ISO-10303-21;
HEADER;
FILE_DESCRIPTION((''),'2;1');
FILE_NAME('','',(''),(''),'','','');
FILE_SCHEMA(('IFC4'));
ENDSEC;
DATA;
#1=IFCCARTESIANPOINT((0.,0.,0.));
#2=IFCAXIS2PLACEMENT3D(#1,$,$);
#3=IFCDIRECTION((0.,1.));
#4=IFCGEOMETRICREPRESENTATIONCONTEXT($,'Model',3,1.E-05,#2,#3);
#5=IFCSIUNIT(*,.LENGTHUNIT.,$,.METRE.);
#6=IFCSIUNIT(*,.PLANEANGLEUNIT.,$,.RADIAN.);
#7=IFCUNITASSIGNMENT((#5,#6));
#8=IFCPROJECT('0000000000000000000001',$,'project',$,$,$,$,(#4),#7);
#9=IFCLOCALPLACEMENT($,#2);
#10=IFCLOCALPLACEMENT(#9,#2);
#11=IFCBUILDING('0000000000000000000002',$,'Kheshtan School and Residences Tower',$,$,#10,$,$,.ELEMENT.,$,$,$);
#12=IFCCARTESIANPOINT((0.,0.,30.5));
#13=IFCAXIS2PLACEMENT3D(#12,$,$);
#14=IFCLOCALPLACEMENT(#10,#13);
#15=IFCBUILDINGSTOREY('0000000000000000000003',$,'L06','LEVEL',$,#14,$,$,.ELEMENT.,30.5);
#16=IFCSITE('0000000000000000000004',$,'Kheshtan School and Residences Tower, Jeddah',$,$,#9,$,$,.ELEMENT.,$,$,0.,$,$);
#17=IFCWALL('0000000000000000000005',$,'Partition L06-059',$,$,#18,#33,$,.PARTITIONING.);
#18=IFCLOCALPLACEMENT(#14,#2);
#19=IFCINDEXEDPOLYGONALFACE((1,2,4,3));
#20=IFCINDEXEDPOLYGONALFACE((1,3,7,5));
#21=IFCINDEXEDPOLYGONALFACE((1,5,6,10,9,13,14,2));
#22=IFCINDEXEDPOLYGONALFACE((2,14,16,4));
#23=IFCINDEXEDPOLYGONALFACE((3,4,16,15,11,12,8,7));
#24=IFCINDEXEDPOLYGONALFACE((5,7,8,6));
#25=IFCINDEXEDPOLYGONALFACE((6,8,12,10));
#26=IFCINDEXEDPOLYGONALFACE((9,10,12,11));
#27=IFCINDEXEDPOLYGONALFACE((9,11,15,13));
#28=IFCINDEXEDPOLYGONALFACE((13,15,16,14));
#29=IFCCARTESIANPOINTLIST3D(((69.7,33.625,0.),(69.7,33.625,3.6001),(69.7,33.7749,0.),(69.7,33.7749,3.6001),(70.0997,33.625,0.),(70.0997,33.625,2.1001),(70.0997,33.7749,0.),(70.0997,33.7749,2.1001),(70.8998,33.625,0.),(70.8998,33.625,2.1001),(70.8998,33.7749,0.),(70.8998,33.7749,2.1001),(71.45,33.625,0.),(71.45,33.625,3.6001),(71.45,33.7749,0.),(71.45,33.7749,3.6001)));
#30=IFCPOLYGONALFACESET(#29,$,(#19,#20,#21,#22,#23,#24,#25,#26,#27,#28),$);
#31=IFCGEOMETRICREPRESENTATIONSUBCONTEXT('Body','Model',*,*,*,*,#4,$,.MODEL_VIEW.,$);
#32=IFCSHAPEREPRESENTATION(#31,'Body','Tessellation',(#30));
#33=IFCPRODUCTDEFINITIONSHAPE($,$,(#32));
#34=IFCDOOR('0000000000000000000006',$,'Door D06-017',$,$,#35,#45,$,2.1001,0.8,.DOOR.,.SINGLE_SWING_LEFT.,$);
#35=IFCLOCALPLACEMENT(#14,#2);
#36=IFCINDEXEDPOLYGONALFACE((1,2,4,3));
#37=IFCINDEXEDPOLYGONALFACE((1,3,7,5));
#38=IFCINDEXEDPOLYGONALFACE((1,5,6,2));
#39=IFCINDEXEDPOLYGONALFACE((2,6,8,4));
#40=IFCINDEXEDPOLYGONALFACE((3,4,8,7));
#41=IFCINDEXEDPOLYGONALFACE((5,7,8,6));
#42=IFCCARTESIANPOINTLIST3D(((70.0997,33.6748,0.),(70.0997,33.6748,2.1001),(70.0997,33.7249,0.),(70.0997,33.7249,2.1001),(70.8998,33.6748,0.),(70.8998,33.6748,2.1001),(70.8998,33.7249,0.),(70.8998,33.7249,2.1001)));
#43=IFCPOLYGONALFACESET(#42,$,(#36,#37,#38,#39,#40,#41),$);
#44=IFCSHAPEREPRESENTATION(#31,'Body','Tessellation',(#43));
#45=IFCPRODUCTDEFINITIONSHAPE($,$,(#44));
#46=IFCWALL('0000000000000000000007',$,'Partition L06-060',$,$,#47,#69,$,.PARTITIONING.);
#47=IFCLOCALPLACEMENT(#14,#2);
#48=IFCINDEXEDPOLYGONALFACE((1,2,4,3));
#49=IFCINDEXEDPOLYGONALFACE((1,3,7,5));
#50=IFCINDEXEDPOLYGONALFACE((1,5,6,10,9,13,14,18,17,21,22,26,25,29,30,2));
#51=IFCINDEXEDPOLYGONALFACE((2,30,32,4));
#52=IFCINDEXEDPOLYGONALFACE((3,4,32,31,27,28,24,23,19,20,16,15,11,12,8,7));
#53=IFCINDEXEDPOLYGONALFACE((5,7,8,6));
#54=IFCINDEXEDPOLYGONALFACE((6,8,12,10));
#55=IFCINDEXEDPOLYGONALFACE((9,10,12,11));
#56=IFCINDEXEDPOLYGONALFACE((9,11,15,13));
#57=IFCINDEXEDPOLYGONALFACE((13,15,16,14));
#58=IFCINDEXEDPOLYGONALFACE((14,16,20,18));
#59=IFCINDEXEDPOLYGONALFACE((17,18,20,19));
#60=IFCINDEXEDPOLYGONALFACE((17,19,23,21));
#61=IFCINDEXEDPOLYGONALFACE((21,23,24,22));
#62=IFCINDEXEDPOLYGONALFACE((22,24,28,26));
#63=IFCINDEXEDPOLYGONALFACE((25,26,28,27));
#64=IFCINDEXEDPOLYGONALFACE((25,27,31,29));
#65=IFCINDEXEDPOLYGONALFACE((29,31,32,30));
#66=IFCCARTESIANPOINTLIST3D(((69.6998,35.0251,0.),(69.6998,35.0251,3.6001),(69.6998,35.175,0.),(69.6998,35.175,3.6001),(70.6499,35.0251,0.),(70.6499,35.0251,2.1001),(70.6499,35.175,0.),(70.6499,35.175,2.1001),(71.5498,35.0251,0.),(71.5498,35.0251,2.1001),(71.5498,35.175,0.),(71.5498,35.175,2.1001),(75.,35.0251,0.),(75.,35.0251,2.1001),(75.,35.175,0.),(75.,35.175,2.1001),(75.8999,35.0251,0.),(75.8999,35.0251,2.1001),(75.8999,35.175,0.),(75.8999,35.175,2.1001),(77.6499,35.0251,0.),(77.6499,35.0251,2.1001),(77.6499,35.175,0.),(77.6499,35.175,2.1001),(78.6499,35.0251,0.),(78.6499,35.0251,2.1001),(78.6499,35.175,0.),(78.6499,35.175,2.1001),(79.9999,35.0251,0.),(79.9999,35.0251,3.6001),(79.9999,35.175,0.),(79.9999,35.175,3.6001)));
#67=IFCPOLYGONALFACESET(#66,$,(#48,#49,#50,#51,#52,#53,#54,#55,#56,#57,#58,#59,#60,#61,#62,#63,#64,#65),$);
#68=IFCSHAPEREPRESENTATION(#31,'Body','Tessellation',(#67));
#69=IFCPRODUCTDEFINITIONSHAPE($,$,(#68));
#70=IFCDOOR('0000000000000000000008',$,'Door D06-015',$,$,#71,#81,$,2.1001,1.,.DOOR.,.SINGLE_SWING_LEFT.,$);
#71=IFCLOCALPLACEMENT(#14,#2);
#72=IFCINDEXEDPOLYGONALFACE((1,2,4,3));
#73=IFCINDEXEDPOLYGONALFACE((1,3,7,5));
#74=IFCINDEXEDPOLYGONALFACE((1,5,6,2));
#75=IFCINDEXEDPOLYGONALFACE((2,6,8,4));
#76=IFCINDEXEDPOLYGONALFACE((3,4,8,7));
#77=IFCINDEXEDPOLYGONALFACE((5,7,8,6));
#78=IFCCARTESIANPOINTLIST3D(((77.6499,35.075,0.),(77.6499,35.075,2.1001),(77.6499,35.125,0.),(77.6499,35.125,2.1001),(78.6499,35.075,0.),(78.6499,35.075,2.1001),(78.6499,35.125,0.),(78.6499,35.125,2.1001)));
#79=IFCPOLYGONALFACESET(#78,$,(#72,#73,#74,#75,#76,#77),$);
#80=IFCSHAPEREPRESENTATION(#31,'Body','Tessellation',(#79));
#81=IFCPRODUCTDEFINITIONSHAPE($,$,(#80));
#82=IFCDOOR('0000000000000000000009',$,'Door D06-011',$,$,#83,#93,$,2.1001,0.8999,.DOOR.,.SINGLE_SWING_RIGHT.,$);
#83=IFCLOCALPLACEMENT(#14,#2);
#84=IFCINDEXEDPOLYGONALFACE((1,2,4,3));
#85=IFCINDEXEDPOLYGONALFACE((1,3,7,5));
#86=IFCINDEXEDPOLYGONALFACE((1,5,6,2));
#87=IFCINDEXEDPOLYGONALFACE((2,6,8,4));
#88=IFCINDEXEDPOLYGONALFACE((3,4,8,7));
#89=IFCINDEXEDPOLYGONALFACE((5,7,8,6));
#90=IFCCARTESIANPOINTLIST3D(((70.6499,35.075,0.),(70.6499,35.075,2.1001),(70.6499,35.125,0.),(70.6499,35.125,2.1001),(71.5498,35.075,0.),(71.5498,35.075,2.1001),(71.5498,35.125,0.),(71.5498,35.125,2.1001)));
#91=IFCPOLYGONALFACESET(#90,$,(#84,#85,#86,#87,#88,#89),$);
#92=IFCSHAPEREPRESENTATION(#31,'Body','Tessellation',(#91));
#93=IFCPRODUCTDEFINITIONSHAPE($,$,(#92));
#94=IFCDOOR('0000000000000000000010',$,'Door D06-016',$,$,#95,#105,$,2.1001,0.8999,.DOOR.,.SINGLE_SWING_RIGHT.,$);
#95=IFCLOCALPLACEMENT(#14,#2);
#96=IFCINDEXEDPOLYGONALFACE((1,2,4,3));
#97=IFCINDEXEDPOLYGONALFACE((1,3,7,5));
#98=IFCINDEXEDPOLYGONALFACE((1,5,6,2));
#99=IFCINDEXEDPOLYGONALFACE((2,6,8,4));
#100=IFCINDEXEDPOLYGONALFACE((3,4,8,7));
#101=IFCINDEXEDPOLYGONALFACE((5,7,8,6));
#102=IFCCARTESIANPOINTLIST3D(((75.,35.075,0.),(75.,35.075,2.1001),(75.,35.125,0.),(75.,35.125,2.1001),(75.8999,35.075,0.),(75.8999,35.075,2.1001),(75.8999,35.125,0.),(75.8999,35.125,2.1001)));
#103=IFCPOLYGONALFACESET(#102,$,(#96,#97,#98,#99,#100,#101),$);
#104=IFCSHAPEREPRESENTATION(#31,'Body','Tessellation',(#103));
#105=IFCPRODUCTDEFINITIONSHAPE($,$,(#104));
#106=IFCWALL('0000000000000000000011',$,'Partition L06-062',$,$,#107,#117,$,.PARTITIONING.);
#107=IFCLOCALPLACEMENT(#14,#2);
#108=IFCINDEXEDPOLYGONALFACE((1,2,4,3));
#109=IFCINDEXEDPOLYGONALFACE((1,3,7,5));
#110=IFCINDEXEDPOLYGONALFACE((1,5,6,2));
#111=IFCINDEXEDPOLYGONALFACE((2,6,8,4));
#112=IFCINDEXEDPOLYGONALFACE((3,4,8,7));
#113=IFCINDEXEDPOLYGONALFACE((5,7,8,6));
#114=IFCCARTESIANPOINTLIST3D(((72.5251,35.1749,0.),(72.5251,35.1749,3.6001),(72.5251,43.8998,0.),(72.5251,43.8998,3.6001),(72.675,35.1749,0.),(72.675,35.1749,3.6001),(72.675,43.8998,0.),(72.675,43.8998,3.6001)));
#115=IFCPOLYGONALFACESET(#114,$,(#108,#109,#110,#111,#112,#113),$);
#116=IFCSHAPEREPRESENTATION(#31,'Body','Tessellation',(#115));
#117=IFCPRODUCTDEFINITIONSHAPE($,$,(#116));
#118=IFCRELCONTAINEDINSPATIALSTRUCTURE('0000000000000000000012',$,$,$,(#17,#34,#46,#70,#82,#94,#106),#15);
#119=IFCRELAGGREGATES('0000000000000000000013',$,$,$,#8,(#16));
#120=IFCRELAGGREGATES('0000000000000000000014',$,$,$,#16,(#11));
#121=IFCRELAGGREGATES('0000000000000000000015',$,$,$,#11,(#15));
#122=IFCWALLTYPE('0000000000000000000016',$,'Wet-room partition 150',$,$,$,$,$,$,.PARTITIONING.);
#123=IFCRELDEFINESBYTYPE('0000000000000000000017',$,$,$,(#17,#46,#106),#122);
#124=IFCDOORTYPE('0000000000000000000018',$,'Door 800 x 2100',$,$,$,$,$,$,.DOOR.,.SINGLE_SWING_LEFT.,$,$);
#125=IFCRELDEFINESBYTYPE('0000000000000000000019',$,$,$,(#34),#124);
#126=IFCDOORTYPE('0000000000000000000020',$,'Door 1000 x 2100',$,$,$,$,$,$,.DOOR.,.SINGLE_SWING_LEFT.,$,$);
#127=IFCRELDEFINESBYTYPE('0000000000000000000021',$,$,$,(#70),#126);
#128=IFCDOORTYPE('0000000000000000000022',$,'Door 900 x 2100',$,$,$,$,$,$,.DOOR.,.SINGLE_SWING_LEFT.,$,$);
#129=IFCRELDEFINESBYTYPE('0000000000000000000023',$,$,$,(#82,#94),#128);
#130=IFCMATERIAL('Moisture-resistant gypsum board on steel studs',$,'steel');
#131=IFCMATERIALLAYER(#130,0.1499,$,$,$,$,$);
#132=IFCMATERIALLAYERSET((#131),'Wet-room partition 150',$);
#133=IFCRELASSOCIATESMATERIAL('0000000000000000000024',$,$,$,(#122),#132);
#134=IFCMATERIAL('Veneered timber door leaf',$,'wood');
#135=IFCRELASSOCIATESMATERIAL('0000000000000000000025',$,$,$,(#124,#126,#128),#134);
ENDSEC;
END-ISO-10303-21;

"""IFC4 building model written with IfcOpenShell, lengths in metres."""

from ifc_helpers import new_model, si_unit, direction, frame, frame_2d, origin, place, context, subcontext, project, spatial, rectangle, extrude, source, transform, mapped, material, layer, layer_set, type_object, element, fill, save


model = new_model("IFC4")

# Units and contexts
model_context = context("Model", 3, precision=1e-05, world=origin(), true_north=direction((0.0, 1.0)))
body_context = subcontext(model_context, "Body", "Model", "MODEL_VIEW")
ifc_project = project(units=[si_unit("LENGTHUNIT", "METRE"), si_unit("PLANEANGLEUNIT", "RADIAN")], contexts=[model_context])

# Site, building, storey
site_placement = place(None, origin())
site = spatial("IfcSite", under=ifc_project, at=site_placement, Name="Kheshtan School and Residences Tower, Jeddah", CompositionType="ELEMENT", RefElevation=0.0)
building_placement = place(site_placement, origin())
building = spatial("IfcBuilding", under=site, at=building_placement, Name="Kheshtan School and Residences Tower", CompositionType="ELEMENT")
storey_placement = place(building_placement, frame((0.0, 0.0, 30.5)))
storey = spatial("IfcBuildingStorey", under=building, at=storey_placement, Name="L06", Description="LEVEL", CompositionType="ELEMENT", Elevation=30.5)

# Wall, opening, door
ifc_material_1 = material(Name="Moisture-resistant gypsum board on steel studs", Category="steel")
ifc_layer_1 = layer(ifc_material_1, 0.1499)
ifc_layer_set_1 = layer_set([ifc_layer_1], Name="Wet-room partition 150")
wall_type_1 = type_object("IfcWallType", Name="Wet-room partition 150", PredefinedType="PARTITIONING", material=ifc_layer_set_1)
ifc_material_2 = material(Name="Veneered timber door leaf", Category="wood")
door_type_1 = type_object("IfcDoorType", Name="Door 800 x 2100", OperationType="SINGLE_SWING_LEFT", PredefinedType="DOOR", material=ifc_material_2)
shared_shape_1 = source(origin(), body_context, "Body", "SweptSolid", [
    extrude(rectangle(XDim=0.8, YDim=2.1001, at=frame_2d((0.3999, 1.05))), frame((0.0, 0.0249, 0.0), z_axis=(0.0, -1.0, 0.0), x_axis=(1.0, 0.0, 0.0)), (0.0, 0.0, 1.0), 0.05),
])
wall_1_placement = place(storey_placement, frame((69.7, 33.7, 0.0), z_axis=(0.0, 0.0, 1.0), x_axis=(1.0, 0.0, 0.0)))
wall_1 = element("IfcWall", 1, at=wall_1_placement, inside=storey, type_object=wall_type_1, Name="Partition L06-059", PredefinedType="PARTITIONING", context=body_context, shape_type="SweptSolid", body=[
    extrude(rectangle(XDim=1.75, YDim=0.1499, at=frame_2d((0.875, 0.0))), origin(), (0.0, 0.0, 1.0), 3.6001),
])
opening_1_placement = place(wall_1_placement, frame((0.3999, 0.0, 0.0)))
opening_1 = element("IfcOpeningElement", 2, at=opening_1_placement, cuts=wall_1, PredefinedType="OPENING", context=body_context, shape_type="SweptSolid", body=[
    extrude(rectangle(XDim=0.8, YDim=2.1001, at=frame_2d((0.3999, 1.05))), frame((0.0, 0.085, 0.0), z_axis=(0.0, -1.0, 0.0), x_axis=(1.0, 0.0, 0.0)), (0.0, 0.0, 1.0), 0.1699),
])
door_1_placement = place(opening_1_placement, origin())
door_1 = element("IfcDoor", 3, at=door_1_placement, inside=storey, type_object=door_type_1, Name="Door D06-017", OperationType="SINGLE_SWING_LEFT", OverallHeight=2.1001, OverallWidth=0.8, PredefinedType="DOOR", context=body_context, shape_type="MappedRepresentation", body=[
    mapped(shared_shape_1, transform((0.0, 0.0, 0.0), x_axis=(1.0, 0.0, 0.0), y_axis=(0.0, 1.0, 0.0), z_axis=(0.0, 0.0, 1.0), scale=1.0)),
])
fill(opening_1, door_1)

# Wall, openings, doors
wall_2_placement = place(storey_placement, frame((69.7, 35.1001, 0.0), z_axis=(0.0, 0.0, 1.0), x_axis=(1.0, 0.0, 0.0)))
wall_2 = element("IfcWall", 4, at=wall_2_placement, inside=storey, type_object=wall_type_1, Name="Partition L06-060", PredefinedType="PARTITIONING", context=body_context, shape_type="SweptSolid", body=[
    extrude(rectangle(XDim=10.3, YDim=0.1499, at=frame_2d((5.1499, 0.0))), origin(), (0.0, 0.0, 1.0), 3.6001),
])
opening_2_placement = place(wall_2_placement, frame((0.95, 0.0, 0.0)))
opening_2 = element("IfcOpeningElement", 5, at=opening_2_placement, cuts=wall_2, PredefinedType="OPENING", context=body_context, shape_type="SweptSolid", body=[
    extrude(rectangle(XDim=0.8999, YDim=2.1001, at=frame_2d((0.45, 1.05))), frame((0.0, 0.085, 0.0), z_axis=(0.0, -1.0, 0.0), x_axis=(1.0, 0.0, 0.0)), (0.0, 0.0, 1.0), 0.1699),
])
opening_3_placement = place(wall_2_placement, frame((7.95, 0.0, 0.0)))
opening_3 = element("IfcOpeningElement", 6, at=opening_3_placement, cuts=wall_2, PredefinedType="OPENING", context=body_context, shape_type="SweptSolid", body=[
    extrude(rectangle(XDim=1.0, YDim=2.1001, at=frame_2d((0.5, 1.05))), frame((0.0, 0.085, 0.0), z_axis=(0.0, -1.0, 0.0), x_axis=(1.0, 0.0, 0.0)), (0.0, 0.0, 1.0), 0.1699),
])
opening_4_placement = place(wall_2_placement, frame((5.3, 0.0, 0.0)))
opening_4 = element("IfcOpeningElement", 7, at=opening_4_placement, cuts=wall_2, PredefinedType="OPENING", context=body_context, shape_type="SweptSolid", body=[
    extrude(rectangle(XDim=0.8999, YDim=2.1001, at=frame_2d((0.45, 1.05))), frame((0.0, 0.085, 0.0), z_axis=(0.0, -1.0, 0.0), x_axis=(1.0, 0.0, 0.0)), (0.0, 0.0, 1.0), 0.1699),
])
door_type_2 = type_object("IfcDoorType", Name="Door 1000 x 2100", OperationType="SINGLE_SWING_LEFT", PredefinedType="DOOR", material=ifc_material_2)
shared_shape_2 = source(origin(), body_context, "Body", "SweptSolid", [
    extrude(rectangle(XDim=1.0, YDim=2.1001, at=frame_2d((0.5, 1.05))), frame((0.0, 0.0249, 0.0), z_axis=(0.0, -1.0, 0.0), x_axis=(1.0, 0.0, 0.0)), (0.0, 0.0, 1.0), 0.05),
])
door_2_placement = place(opening_3_placement, origin())
door_2 = element("IfcDoor", 8, at=door_2_placement, inside=storey, type_object=door_type_2, Name="Door D06-015", OperationType="SINGLE_SWING_LEFT", OverallHeight=2.1001, OverallWidth=1.0, PredefinedType="DOOR", context=body_context, shape_type="MappedRepresentation", body=[
    mapped(shared_shape_2, transform((0.0, 0.0, 0.0), x_axis=(1.0, 0.0, 0.0), y_axis=(0.0, 1.0, 0.0), z_axis=(0.0, 0.0, 1.0), scale=1.0)),
])
fill(opening_3, door_2)
door_type_3 = type_object("IfcDoorType", Name="Door 900 x 2100", OperationType="SINGLE_SWING_LEFT", PredefinedType="DOOR", material=ifc_material_2)
shared_shape_3 = source(origin(), body_context, "Body", "SweptSolid", [
    extrude(rectangle(XDim=0.8999, YDim=2.1001, at=frame_2d((0.45, 1.05))), frame((0.0, 0.0249, 0.0), z_axis=(0.0, -1.0, 0.0), x_axis=(1.0, 0.0, 0.0)), (0.0, 0.0, 1.0), 0.05),
])
door_3_placement = place(opening_2_placement, origin())
door_3 = element("IfcDoor", 9, at=door_3_placement, inside=storey, type_object=door_type_3, Name="Door D06-011", OperationType="SINGLE_SWING_RIGHT", OverallHeight=2.1001, OverallWidth=0.8999, PredefinedType="DOOR", context=body_context, shape_type="MappedRepresentation", body=[
    mapped(shared_shape_3, transform((0.0, 0.0, 0.0), x_axis=(1.0, 0.0, 0.0), y_axis=(0.0, 1.0, 0.0), z_axis=(0.0, 0.0, 1.0), scale=1.0)),
])
fill(opening_2, door_3)
door_4_placement = place(opening_4_placement, origin())
door_4 = element("IfcDoor", 10, at=door_4_placement, inside=storey, type_object=door_type_3, Name="Door D06-016", OperationType="SINGLE_SWING_RIGHT", OverallHeight=2.1001, OverallWidth=0.8999, PredefinedType="DOOR", context=body_context, shape_type="MappedRepresentation", body=[
    mapped(shared_shape_3, transform((0.0, 0.0, 0.0), x_axis=(1.0, 0.0, 0.0), y_axis=(0.0, 1.0, 0.0), z_axis=(0.0, 0.0, 1.0), scale=1.0)),
])
fill(opening_4, door_4)

# Wall
wall_3_placement = place(storey_placement, frame((72.6001, 35.175, 0.0), z_axis=(0.0, 0.0, 1.0), x_axis=(0.0, 1.0, 0.0)))
element("IfcWall", 11, at=wall_3_placement, inside=storey, type_object=wall_type_1, Name="Partition L06-062", PredefinedType="PARTITIONING", context=body_context, shape_type="SweptSolid", body=[
    extrude(rectangle(XDim=8.7249, YDim=0.1499, at=frame_2d((4.3623, 0.0))), origin(), (0.0, 0.0, 1.0), 3.6001),
])

save(model, "model.ifc")
